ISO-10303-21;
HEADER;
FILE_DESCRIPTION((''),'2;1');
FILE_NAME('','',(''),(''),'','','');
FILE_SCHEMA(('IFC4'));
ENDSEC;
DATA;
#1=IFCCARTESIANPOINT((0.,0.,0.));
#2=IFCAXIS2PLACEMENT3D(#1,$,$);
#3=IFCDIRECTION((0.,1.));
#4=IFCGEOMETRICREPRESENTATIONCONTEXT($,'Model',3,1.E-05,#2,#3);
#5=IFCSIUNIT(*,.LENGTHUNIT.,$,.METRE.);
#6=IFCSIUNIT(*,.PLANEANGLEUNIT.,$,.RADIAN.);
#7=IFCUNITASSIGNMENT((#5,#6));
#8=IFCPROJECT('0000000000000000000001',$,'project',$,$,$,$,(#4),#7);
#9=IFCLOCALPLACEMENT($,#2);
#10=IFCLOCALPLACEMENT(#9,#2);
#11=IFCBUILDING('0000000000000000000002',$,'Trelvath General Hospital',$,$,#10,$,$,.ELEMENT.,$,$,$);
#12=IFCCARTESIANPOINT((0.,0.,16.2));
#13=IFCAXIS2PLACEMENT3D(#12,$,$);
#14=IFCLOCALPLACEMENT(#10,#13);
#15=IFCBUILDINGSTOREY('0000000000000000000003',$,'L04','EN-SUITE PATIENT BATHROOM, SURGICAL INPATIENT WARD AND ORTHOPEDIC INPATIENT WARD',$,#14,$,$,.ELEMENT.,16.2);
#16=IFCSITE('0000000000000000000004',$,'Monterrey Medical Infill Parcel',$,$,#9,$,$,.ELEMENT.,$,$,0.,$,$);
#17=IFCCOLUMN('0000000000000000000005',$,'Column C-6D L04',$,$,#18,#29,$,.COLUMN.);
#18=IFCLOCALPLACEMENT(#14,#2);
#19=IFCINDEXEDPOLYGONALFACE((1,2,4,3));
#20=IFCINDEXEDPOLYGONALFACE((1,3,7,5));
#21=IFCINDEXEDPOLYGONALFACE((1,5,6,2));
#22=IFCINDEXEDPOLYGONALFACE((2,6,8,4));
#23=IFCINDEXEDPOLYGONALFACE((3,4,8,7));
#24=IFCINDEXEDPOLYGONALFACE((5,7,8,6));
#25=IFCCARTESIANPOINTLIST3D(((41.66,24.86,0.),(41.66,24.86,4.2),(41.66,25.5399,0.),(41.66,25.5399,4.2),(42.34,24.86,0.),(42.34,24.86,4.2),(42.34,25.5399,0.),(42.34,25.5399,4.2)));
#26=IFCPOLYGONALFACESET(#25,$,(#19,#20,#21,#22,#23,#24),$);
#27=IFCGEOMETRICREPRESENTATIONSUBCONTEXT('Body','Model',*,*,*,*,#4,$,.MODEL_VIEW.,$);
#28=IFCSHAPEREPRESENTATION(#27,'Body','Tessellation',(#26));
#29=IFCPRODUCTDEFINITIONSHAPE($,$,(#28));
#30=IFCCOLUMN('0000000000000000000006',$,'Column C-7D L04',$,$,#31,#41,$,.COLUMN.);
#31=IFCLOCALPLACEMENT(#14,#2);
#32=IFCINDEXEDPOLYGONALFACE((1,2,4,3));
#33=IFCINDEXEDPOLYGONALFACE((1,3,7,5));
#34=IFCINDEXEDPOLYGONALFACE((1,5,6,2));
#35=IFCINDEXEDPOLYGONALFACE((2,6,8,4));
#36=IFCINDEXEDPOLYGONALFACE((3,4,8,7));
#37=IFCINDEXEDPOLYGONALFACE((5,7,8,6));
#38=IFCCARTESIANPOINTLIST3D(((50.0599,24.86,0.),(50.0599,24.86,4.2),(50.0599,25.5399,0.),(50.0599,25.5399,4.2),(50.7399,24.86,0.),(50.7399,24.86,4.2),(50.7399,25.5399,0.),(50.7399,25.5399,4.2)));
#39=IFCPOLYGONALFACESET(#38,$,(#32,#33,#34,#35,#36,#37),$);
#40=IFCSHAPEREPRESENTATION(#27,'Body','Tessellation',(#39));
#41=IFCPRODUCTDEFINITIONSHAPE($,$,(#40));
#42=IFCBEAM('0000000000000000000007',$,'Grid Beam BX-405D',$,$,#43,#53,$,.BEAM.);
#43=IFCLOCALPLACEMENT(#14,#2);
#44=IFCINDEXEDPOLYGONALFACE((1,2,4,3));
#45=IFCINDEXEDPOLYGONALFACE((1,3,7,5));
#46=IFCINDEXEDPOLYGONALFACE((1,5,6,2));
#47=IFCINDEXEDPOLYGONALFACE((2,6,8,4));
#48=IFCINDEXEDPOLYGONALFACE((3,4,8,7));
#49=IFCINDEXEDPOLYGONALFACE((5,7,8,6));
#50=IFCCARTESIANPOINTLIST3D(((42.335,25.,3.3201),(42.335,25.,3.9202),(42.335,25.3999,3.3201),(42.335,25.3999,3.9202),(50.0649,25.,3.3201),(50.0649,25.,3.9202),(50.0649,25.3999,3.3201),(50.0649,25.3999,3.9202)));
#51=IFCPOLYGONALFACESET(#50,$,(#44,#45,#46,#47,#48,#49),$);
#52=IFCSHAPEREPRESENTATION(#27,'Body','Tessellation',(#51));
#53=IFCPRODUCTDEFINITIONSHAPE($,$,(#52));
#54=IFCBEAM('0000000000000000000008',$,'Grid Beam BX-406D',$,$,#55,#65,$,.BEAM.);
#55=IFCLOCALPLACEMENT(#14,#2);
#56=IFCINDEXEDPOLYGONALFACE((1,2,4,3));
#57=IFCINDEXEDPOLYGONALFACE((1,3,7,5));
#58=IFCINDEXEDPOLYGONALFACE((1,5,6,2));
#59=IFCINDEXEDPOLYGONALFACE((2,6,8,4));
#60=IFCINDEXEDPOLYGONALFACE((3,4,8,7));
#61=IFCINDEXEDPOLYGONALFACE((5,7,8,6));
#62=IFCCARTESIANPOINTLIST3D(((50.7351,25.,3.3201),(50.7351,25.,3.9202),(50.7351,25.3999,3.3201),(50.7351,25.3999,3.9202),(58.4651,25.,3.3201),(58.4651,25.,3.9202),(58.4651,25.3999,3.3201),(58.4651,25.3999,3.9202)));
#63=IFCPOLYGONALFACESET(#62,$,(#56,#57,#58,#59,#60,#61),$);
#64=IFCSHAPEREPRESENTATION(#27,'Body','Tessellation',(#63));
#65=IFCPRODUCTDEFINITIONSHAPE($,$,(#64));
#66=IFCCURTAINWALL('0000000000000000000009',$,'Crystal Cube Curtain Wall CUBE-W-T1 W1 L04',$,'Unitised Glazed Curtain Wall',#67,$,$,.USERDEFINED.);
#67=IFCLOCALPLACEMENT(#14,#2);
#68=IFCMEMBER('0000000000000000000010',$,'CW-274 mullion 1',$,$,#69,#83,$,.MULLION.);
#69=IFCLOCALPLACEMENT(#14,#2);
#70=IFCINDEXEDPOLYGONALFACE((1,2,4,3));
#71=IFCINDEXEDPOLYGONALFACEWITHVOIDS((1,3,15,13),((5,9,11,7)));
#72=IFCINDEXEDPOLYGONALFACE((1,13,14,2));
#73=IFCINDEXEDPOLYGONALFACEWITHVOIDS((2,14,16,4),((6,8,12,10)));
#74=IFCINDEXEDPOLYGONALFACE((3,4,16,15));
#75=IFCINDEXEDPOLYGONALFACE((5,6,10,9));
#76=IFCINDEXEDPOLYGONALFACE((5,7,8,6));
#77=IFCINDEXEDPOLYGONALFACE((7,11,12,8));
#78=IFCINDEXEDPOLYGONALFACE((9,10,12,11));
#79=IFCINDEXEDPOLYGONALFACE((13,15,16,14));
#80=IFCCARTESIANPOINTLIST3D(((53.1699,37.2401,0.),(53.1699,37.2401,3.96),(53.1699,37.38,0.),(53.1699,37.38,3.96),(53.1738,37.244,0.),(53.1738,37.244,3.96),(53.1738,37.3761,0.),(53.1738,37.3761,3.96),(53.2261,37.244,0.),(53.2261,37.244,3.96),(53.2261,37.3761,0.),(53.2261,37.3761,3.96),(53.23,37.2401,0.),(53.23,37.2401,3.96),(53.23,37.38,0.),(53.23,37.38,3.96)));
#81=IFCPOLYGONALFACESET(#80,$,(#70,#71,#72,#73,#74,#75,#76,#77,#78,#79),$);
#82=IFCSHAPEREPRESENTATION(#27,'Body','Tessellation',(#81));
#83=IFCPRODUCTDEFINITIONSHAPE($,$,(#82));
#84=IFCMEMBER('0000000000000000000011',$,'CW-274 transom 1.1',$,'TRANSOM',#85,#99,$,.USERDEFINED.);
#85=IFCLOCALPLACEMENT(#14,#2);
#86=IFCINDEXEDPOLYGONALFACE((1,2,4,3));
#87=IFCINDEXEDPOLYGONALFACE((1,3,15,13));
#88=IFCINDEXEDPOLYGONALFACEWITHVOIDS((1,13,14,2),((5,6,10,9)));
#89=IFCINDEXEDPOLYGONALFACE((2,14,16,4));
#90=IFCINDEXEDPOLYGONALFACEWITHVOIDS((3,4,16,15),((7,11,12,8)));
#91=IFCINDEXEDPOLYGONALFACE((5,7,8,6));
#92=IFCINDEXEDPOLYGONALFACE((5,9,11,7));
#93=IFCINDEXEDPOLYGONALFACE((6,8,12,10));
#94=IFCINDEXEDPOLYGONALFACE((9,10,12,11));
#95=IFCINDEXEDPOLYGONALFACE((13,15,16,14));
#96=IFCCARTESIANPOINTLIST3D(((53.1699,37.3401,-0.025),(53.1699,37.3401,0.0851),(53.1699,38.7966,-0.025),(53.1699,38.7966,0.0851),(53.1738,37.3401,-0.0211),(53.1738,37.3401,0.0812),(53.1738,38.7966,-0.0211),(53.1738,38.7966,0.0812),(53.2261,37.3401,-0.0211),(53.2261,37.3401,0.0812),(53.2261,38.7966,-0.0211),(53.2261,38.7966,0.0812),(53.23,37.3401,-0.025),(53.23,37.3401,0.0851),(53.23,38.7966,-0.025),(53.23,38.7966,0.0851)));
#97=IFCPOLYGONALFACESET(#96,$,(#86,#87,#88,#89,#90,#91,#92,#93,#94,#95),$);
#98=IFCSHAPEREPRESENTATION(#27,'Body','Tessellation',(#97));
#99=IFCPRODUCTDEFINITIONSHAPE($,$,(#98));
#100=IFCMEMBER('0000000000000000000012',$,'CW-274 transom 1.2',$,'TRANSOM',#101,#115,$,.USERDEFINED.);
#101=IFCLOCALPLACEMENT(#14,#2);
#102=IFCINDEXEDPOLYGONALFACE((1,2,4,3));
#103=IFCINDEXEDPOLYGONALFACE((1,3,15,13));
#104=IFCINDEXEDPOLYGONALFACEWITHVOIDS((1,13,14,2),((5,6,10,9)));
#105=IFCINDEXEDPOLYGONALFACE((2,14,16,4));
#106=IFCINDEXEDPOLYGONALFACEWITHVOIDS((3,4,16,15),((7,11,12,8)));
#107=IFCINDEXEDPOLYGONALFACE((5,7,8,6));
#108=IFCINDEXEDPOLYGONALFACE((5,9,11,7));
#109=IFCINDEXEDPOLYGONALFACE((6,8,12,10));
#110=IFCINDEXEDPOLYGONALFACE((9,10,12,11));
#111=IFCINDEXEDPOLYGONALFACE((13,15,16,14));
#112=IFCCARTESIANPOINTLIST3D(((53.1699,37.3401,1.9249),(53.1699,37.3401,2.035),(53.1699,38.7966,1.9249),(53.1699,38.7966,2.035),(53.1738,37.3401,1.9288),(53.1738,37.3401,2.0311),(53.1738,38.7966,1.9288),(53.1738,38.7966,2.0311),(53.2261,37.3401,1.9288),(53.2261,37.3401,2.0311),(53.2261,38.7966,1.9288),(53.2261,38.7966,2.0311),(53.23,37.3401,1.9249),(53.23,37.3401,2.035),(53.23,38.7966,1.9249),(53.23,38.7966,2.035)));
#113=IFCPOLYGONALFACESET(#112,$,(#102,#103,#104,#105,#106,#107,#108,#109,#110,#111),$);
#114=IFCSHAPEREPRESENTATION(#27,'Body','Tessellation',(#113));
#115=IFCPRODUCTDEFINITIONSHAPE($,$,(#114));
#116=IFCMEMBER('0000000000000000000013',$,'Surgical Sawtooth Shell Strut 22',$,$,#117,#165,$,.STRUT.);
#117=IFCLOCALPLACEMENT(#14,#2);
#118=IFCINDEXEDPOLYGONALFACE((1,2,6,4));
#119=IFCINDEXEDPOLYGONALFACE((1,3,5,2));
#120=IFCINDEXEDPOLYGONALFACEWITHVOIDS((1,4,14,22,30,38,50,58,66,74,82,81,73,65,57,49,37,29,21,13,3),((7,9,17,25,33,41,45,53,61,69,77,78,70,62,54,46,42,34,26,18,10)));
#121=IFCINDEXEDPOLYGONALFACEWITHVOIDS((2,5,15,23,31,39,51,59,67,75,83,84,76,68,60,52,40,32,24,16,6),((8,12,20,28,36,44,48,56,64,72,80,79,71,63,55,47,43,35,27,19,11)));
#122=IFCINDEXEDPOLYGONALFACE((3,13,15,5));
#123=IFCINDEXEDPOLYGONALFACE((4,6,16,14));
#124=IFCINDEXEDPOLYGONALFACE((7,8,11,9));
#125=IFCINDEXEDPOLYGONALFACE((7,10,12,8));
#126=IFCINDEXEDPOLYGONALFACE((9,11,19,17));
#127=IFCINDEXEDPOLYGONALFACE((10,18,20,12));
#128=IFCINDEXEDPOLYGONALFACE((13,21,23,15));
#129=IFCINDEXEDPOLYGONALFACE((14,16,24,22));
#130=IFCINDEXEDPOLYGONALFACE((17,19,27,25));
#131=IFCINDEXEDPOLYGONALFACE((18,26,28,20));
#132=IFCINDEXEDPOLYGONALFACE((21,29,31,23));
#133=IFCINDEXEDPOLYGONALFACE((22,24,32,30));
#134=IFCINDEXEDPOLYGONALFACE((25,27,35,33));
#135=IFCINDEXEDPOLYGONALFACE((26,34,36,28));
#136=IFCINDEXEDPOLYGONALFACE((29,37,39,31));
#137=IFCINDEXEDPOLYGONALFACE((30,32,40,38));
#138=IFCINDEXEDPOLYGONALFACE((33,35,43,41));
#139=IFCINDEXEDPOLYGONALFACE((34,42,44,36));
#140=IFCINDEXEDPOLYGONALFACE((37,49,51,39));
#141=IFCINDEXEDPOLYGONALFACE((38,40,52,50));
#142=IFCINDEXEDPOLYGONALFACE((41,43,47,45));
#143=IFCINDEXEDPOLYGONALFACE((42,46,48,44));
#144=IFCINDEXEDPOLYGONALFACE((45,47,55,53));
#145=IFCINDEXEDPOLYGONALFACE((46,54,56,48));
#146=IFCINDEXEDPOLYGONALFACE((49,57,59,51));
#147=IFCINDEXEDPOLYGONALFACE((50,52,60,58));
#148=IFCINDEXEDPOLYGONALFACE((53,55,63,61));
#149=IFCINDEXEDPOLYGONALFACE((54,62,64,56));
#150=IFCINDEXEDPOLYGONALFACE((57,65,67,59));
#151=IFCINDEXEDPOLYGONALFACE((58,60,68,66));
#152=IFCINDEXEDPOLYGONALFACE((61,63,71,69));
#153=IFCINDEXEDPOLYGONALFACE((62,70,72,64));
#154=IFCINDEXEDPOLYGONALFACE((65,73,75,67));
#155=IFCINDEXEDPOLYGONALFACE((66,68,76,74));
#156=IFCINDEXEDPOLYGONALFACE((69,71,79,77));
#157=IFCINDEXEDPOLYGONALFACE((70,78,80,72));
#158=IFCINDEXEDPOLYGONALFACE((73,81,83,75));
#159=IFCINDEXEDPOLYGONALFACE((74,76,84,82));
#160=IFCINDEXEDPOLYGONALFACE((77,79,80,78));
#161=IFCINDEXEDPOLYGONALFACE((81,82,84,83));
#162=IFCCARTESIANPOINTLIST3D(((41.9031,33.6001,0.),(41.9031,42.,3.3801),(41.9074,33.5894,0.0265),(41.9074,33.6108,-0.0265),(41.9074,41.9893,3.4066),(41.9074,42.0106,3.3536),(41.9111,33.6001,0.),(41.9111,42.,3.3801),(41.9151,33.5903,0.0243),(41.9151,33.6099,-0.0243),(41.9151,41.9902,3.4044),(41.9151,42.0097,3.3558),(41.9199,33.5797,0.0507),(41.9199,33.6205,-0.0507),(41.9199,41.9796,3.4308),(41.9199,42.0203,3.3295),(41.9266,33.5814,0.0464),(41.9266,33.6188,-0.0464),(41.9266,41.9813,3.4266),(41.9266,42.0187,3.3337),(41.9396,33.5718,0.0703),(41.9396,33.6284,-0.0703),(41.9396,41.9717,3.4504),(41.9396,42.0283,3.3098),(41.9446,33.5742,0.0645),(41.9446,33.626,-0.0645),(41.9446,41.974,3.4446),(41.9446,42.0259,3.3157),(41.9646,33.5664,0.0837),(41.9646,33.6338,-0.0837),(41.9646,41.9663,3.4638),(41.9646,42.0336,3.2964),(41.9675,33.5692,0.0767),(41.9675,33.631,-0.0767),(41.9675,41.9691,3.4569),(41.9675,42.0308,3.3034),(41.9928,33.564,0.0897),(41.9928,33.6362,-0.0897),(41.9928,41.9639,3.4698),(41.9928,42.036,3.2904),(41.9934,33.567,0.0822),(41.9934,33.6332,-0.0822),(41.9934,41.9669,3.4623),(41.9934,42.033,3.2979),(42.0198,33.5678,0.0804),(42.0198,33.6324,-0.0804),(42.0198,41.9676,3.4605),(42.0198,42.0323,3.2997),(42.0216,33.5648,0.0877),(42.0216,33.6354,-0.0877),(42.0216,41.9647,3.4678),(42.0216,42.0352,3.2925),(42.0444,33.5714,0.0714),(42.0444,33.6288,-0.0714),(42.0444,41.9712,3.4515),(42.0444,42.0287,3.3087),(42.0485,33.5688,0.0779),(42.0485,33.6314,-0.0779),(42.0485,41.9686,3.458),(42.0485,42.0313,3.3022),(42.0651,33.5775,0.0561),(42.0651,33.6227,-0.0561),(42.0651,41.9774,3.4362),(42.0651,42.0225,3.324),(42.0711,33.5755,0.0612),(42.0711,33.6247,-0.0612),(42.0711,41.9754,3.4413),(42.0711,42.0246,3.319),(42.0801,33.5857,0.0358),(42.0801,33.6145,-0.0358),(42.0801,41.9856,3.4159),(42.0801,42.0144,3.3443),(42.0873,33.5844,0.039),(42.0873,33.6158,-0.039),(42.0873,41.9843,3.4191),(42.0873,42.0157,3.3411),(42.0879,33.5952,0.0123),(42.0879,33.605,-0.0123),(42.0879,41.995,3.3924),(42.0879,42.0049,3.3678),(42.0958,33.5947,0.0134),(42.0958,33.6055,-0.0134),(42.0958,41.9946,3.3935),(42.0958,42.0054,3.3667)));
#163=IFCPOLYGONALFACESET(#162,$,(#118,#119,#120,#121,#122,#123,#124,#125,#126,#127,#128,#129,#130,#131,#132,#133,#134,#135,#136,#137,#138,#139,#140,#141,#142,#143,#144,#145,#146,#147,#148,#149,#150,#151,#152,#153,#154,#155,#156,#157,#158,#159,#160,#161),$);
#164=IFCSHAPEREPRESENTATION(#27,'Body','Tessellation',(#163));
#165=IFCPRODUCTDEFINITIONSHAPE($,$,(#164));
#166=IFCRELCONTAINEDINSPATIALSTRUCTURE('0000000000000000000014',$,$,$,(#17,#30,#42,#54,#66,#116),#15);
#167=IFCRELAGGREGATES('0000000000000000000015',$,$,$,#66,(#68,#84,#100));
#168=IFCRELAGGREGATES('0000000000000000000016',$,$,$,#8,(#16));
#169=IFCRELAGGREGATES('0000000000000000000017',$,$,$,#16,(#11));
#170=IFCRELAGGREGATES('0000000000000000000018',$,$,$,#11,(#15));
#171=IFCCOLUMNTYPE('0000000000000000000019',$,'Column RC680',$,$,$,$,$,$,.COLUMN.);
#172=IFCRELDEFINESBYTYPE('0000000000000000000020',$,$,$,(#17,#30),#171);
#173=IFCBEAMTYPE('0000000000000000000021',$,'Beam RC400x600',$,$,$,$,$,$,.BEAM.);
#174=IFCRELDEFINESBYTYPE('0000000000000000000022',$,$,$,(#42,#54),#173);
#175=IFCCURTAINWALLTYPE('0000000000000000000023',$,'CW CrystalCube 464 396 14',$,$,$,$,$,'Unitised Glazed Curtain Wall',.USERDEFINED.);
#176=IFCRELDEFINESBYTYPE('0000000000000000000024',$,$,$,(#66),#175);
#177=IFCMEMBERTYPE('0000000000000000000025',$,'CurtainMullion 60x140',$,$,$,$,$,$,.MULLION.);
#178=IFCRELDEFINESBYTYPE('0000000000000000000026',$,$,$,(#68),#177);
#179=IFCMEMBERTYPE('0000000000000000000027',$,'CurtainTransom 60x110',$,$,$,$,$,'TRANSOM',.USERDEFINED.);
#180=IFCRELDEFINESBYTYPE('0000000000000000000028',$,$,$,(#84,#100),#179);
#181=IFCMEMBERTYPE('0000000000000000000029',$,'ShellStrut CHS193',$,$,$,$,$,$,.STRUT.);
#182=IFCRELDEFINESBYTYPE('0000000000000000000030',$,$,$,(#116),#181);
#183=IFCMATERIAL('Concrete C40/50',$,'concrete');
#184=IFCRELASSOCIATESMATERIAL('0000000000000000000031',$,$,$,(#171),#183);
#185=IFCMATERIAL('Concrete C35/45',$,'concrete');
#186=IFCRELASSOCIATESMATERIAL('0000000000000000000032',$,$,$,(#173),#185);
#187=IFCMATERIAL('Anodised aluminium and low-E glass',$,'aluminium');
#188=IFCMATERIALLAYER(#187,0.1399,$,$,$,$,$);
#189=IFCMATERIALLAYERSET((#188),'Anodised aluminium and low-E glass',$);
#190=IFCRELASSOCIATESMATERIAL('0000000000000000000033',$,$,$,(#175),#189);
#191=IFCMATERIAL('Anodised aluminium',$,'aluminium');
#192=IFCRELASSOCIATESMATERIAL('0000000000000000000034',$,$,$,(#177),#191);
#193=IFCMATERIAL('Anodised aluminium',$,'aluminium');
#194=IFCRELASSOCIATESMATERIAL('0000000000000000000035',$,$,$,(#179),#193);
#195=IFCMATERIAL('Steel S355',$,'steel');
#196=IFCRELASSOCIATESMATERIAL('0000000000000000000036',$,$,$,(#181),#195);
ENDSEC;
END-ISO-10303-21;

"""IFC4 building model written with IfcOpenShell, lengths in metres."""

from ifc_helpers import new_model, si_unit, direction, frame, origin, origin_2d, place, context, subcontext, project, spatial, rectangle, hollow_rectangle, hollow_circle, extrude, material, layer, layer_set, material_profile, profile_set, type_object, element, aggregate, save


model = new_model("IFC4")

# Units and contexts
model_context = context("Model", 3, precision=1e-05, world=origin(), true_north=direction((0.0, 1.0)))
body_context = subcontext(model_context, "Body", "Model", "MODEL_VIEW")
ifc_project = project(units=[si_unit("LENGTHUNIT", "METRE"), si_unit("PLANEANGLEUNIT", "RADIAN")], contexts=[model_context])

# Site, building, storey
site_placement = place(None, origin())
site = spatial("IfcSite", under=ifc_project, at=site_placement, Name="Monterrey Medical Infill Parcel", CompositionType="ELEMENT", RefElevation=0.0)
building_placement = place(site_placement, origin())
building = spatial("IfcBuilding", under=site, at=building_placement, Name="Trelvath General Hospital", CompositionType="ELEMENT")
storey_placement = place(building_placement, frame((0.0, 0.0, 16.2)))
storey = spatial("IfcBuildingStorey", under=building, at=storey_placement, Name="L04", Description="EN-SUITE PATIENT BATHROOM, SURGICAL INPATIENT WARD AND ORTHOPEDIC INPATIENT WARD", CompositionType="ELEMENT", Elevation=16.2)

# Columns
ifc_material_1 = material(Name="Concrete C40/50", Category="concrete")
ifc_material_profile_1 = material_profile(ifc_material_1, rectangle(XDim=0.6799, YDim=0.6799, at=origin_2d()), Name="RC680x680")
ifc_profile_set_1 = profile_set([ifc_material_profile_1], Name="Concrete C40/50")
column_type = type_object("IfcColumnType", Name="Column RC680", PredefinedType="COLUMN", material=ifc_profile_set_1)
for number, where, z_axis, x_axis, name in (
    (1, (42.0, 25.2, 0.0), (0.0, 0.0, 1.0), (1.0, 0.0, 0.0), "Column C-6D L04"),
    (2, (50.3999, 25.2, 0.0), (0.0, 0.0, 1.0), (1.0, 0.0, 0.0), "Column C-7D L04"),
):
    element("IfcColumn", number, at=place(storey_placement, frame(where, z_axis=z_axis, x_axis=x_axis)), inside=storey, type_object=column_type, Name=name, PredefinedType="COLUMN", context=body_context, shape_type="SweptSolid", body=[
        extrude(rectangle(XDim=0.6799, YDim=0.6799, at=origin_2d()), origin(), (0.0, 0.0, 1.0), 4.2),
    ])

# Beams
ifc_material_2 = material(Name="Concrete C35/45", Category="concrete")
ifc_material_profile_2 = material_profile(ifc_material_2, rectangle(XDim=0.3999, YDim=0.6001, at=origin_2d()), Name="RCB400x600")
ifc_profile_set_2 = profile_set([ifc_material_profile_2], Name="Concrete C35/45")
beam_type = type_object("IfcBeamType", Name="Beam RC400x600", PredefinedType="BEAM", material=ifc_profile_set_2)
for number, where, z_axis, x_axis, name in (
    (3, (42.335, 25.2, 3.6201), (1.0, 0.0, 0.0), (0.0, 1.0, 0.0), "Grid Beam BX-405D"),
    (4, (50.7351, 25.2, 3.6201), (1.0, 0.0, 0.0), (0.0, 1.0, 0.0), "Grid Beam BX-406D"),
):
    element("IfcBeam", number, at=place(storey_placement, frame(where, z_axis=z_axis, x_axis=x_axis)), inside=storey, type_object=beam_type, Name=name, PredefinedType="BEAM", context=body_context, shape_type="SweptSolid", body=[
        extrude(rectangle(XDim=0.3999, YDim=0.6001, at=origin_2d()), origin(), (0.0, 0.0, 1.0), 7.73),
    ])

# Curtain wall, members
ifc_material_3 = material(Name="Anodised aluminium and low-E glass", Category="aluminium")
ifc_layer_1 = layer(ifc_material_3, 0.1399)
ifc_layer_set_1 = layer_set([ifc_layer_1], Name="Anodised aluminium and low-E glass")
curtain_wall_type = type_object("IfcCurtainWallType", Name="CW CrystalCube 464 396 14", ElementType="Unitised Glazed Curtain Wall", PredefinedType="USERDEFINED", material=ifc_layer_set_1)
curtain_wall_placement = place(storey_placement, origin())
curtain_wall = element("IfcCurtainWall", 5, at=curtain_wall_placement, inside=storey, type_object=curtain_wall_type, Name="Crystal Cube Curtain Wall CUBE-W-T1 W1 L04", ObjectType="Unitised Glazed Curtain Wall", PredefinedType="USERDEFINED")
ifc_material_4 = material(Name="Anodised aluminium", Category="aluminium")
ifc_material_profile_3 = material_profile(ifc_material_4, hollow_rectangle(XDim=0.0601, YDim=0.1399, WallThickness=0.0039, at=origin_2d()), Name="RHS60x140x4")
ifc_profile_set_3 = profile_set([ifc_material_profile_3], Name="Anodised aluminium")
member_type_1 = type_object("IfcMemberType", Name="CurtainMullion 60x140", PredefinedType="MULLION", material=ifc_profile_set_3)
member_1_placement = place(storey_placement, frame((53.2, 37.3101, 0.0), z_axis=(0.0, 0.0, 1.0), x_axis=(-1.0, 0.0, 0.0)))
member_1 = element("IfcMember", 6, at=member_1_placement, type_object=member_type_1, Name="CW-274 mullion 1", PredefinedType="MULLION", context=body_context, shape_type="SweptSolid", body=[
    extrude(hollow_rectangle(XDim=0.0601, YDim=0.1399, WallThickness=0.0039, at=origin_2d()), origin(), (0.0, 0.0, 1.0), 3.96),
])
ifc_material_5 = material(Name="Anodised aluminium", Category="aluminium")
ifc_material_profile_4 = material_profile(ifc_material_5, hollow_rectangle(XDim=0.0601, YDim=0.1101, WallThickness=0.0039, at=origin_2d()), Name="RHS60x110x4")
ifc_profile_set_4 = profile_set([ifc_material_profile_4], Name="Anodised aluminium")
member_type_2 = type_object("IfcMemberType", Name="CurtainTransom 60x110", ElementType="TRANSOM", PredefinedType="USERDEFINED", material=ifc_profile_set_4)
member_2_placement = place(storey_placement, frame((53.2, 37.3401, 0.03), z_axis=(0.0, 1.0, 0.0), x_axis=(-1.0, 0.0, 0.0)))
member_2 = element("IfcMember", 7, at=member_2_placement, type_object=member_type_2, Name="CW-274 transom 1.1", ObjectType="TRANSOM", PredefinedType="USERDEFINED", context=body_context, shape_type="SweptSolid", body=[
    extrude(hollow_rectangle(XDim=0.0601, YDim=0.1101, WallThickness=0.0039, at=origin_2d()), origin(), (0.0, 0.0, 1.0), 1.4565),
])
member_3_placement = place(storey_placement, frame((53.2, 37.3401, 1.98), z_axis=(0.0, 1.0, 0.0), x_axis=(-1.0, 0.0, 0.0)))
member_3 = element("IfcMember", 8, at=member_3_placement, type_object=member_type_2, Name="CW-274 transom 1.2", ObjectType="TRANSOM", PredefinedType="USERDEFINED", context=body_context, shape_type="SweptSolid", body=[
    extrude(hollow_rectangle(XDim=0.0601, YDim=0.1101, WallThickness=0.0039, at=origin_2d()), origin(), (0.0, 0.0, 1.0), 1.4565),
])
aggregate(curtain_wall, [member_1, member_2, member_3])

# Member
ifc_material_6 = material(Name="Steel S355", Category="steel")
ifc_material_profile_5 = material_profile(ifc_material_6, hollow_circle(Radius=0.0969, WallThickness=0.0081, at=origin_2d()), Name="CHS193.7x8.0")
ifc_profile_set_5 = profile_set([ifc_material_profile_5], Name="Steel S355")
member_type_3 = type_object("IfcMemberType", Name="ShellStrut CHS193", PredefinedType="STRUT", material=ifc_profile_set_5)
member_4_placement = place(storey_placement, frame((42.0, 33.6001, 0.0), z_axis=(0.0, 0.927707, 0.37331), x_axis=(-1.0, 0.0, 0.0)))
element("IfcMember", 9, at=member_4_placement, inside=storey, type_object=member_type_3, Name="Surgical Sawtooth Shell Strut 22", PredefinedType="STRUT", context=body_context, shape_type="SweptSolid", body=[
    extrude(hollow_circle(Radius=0.0969, WallThickness=0.0081, at=origin_2d()), origin(), (0.0, 0.0, 1.0), 9.0544),
])

save(model, "model.ifc")
